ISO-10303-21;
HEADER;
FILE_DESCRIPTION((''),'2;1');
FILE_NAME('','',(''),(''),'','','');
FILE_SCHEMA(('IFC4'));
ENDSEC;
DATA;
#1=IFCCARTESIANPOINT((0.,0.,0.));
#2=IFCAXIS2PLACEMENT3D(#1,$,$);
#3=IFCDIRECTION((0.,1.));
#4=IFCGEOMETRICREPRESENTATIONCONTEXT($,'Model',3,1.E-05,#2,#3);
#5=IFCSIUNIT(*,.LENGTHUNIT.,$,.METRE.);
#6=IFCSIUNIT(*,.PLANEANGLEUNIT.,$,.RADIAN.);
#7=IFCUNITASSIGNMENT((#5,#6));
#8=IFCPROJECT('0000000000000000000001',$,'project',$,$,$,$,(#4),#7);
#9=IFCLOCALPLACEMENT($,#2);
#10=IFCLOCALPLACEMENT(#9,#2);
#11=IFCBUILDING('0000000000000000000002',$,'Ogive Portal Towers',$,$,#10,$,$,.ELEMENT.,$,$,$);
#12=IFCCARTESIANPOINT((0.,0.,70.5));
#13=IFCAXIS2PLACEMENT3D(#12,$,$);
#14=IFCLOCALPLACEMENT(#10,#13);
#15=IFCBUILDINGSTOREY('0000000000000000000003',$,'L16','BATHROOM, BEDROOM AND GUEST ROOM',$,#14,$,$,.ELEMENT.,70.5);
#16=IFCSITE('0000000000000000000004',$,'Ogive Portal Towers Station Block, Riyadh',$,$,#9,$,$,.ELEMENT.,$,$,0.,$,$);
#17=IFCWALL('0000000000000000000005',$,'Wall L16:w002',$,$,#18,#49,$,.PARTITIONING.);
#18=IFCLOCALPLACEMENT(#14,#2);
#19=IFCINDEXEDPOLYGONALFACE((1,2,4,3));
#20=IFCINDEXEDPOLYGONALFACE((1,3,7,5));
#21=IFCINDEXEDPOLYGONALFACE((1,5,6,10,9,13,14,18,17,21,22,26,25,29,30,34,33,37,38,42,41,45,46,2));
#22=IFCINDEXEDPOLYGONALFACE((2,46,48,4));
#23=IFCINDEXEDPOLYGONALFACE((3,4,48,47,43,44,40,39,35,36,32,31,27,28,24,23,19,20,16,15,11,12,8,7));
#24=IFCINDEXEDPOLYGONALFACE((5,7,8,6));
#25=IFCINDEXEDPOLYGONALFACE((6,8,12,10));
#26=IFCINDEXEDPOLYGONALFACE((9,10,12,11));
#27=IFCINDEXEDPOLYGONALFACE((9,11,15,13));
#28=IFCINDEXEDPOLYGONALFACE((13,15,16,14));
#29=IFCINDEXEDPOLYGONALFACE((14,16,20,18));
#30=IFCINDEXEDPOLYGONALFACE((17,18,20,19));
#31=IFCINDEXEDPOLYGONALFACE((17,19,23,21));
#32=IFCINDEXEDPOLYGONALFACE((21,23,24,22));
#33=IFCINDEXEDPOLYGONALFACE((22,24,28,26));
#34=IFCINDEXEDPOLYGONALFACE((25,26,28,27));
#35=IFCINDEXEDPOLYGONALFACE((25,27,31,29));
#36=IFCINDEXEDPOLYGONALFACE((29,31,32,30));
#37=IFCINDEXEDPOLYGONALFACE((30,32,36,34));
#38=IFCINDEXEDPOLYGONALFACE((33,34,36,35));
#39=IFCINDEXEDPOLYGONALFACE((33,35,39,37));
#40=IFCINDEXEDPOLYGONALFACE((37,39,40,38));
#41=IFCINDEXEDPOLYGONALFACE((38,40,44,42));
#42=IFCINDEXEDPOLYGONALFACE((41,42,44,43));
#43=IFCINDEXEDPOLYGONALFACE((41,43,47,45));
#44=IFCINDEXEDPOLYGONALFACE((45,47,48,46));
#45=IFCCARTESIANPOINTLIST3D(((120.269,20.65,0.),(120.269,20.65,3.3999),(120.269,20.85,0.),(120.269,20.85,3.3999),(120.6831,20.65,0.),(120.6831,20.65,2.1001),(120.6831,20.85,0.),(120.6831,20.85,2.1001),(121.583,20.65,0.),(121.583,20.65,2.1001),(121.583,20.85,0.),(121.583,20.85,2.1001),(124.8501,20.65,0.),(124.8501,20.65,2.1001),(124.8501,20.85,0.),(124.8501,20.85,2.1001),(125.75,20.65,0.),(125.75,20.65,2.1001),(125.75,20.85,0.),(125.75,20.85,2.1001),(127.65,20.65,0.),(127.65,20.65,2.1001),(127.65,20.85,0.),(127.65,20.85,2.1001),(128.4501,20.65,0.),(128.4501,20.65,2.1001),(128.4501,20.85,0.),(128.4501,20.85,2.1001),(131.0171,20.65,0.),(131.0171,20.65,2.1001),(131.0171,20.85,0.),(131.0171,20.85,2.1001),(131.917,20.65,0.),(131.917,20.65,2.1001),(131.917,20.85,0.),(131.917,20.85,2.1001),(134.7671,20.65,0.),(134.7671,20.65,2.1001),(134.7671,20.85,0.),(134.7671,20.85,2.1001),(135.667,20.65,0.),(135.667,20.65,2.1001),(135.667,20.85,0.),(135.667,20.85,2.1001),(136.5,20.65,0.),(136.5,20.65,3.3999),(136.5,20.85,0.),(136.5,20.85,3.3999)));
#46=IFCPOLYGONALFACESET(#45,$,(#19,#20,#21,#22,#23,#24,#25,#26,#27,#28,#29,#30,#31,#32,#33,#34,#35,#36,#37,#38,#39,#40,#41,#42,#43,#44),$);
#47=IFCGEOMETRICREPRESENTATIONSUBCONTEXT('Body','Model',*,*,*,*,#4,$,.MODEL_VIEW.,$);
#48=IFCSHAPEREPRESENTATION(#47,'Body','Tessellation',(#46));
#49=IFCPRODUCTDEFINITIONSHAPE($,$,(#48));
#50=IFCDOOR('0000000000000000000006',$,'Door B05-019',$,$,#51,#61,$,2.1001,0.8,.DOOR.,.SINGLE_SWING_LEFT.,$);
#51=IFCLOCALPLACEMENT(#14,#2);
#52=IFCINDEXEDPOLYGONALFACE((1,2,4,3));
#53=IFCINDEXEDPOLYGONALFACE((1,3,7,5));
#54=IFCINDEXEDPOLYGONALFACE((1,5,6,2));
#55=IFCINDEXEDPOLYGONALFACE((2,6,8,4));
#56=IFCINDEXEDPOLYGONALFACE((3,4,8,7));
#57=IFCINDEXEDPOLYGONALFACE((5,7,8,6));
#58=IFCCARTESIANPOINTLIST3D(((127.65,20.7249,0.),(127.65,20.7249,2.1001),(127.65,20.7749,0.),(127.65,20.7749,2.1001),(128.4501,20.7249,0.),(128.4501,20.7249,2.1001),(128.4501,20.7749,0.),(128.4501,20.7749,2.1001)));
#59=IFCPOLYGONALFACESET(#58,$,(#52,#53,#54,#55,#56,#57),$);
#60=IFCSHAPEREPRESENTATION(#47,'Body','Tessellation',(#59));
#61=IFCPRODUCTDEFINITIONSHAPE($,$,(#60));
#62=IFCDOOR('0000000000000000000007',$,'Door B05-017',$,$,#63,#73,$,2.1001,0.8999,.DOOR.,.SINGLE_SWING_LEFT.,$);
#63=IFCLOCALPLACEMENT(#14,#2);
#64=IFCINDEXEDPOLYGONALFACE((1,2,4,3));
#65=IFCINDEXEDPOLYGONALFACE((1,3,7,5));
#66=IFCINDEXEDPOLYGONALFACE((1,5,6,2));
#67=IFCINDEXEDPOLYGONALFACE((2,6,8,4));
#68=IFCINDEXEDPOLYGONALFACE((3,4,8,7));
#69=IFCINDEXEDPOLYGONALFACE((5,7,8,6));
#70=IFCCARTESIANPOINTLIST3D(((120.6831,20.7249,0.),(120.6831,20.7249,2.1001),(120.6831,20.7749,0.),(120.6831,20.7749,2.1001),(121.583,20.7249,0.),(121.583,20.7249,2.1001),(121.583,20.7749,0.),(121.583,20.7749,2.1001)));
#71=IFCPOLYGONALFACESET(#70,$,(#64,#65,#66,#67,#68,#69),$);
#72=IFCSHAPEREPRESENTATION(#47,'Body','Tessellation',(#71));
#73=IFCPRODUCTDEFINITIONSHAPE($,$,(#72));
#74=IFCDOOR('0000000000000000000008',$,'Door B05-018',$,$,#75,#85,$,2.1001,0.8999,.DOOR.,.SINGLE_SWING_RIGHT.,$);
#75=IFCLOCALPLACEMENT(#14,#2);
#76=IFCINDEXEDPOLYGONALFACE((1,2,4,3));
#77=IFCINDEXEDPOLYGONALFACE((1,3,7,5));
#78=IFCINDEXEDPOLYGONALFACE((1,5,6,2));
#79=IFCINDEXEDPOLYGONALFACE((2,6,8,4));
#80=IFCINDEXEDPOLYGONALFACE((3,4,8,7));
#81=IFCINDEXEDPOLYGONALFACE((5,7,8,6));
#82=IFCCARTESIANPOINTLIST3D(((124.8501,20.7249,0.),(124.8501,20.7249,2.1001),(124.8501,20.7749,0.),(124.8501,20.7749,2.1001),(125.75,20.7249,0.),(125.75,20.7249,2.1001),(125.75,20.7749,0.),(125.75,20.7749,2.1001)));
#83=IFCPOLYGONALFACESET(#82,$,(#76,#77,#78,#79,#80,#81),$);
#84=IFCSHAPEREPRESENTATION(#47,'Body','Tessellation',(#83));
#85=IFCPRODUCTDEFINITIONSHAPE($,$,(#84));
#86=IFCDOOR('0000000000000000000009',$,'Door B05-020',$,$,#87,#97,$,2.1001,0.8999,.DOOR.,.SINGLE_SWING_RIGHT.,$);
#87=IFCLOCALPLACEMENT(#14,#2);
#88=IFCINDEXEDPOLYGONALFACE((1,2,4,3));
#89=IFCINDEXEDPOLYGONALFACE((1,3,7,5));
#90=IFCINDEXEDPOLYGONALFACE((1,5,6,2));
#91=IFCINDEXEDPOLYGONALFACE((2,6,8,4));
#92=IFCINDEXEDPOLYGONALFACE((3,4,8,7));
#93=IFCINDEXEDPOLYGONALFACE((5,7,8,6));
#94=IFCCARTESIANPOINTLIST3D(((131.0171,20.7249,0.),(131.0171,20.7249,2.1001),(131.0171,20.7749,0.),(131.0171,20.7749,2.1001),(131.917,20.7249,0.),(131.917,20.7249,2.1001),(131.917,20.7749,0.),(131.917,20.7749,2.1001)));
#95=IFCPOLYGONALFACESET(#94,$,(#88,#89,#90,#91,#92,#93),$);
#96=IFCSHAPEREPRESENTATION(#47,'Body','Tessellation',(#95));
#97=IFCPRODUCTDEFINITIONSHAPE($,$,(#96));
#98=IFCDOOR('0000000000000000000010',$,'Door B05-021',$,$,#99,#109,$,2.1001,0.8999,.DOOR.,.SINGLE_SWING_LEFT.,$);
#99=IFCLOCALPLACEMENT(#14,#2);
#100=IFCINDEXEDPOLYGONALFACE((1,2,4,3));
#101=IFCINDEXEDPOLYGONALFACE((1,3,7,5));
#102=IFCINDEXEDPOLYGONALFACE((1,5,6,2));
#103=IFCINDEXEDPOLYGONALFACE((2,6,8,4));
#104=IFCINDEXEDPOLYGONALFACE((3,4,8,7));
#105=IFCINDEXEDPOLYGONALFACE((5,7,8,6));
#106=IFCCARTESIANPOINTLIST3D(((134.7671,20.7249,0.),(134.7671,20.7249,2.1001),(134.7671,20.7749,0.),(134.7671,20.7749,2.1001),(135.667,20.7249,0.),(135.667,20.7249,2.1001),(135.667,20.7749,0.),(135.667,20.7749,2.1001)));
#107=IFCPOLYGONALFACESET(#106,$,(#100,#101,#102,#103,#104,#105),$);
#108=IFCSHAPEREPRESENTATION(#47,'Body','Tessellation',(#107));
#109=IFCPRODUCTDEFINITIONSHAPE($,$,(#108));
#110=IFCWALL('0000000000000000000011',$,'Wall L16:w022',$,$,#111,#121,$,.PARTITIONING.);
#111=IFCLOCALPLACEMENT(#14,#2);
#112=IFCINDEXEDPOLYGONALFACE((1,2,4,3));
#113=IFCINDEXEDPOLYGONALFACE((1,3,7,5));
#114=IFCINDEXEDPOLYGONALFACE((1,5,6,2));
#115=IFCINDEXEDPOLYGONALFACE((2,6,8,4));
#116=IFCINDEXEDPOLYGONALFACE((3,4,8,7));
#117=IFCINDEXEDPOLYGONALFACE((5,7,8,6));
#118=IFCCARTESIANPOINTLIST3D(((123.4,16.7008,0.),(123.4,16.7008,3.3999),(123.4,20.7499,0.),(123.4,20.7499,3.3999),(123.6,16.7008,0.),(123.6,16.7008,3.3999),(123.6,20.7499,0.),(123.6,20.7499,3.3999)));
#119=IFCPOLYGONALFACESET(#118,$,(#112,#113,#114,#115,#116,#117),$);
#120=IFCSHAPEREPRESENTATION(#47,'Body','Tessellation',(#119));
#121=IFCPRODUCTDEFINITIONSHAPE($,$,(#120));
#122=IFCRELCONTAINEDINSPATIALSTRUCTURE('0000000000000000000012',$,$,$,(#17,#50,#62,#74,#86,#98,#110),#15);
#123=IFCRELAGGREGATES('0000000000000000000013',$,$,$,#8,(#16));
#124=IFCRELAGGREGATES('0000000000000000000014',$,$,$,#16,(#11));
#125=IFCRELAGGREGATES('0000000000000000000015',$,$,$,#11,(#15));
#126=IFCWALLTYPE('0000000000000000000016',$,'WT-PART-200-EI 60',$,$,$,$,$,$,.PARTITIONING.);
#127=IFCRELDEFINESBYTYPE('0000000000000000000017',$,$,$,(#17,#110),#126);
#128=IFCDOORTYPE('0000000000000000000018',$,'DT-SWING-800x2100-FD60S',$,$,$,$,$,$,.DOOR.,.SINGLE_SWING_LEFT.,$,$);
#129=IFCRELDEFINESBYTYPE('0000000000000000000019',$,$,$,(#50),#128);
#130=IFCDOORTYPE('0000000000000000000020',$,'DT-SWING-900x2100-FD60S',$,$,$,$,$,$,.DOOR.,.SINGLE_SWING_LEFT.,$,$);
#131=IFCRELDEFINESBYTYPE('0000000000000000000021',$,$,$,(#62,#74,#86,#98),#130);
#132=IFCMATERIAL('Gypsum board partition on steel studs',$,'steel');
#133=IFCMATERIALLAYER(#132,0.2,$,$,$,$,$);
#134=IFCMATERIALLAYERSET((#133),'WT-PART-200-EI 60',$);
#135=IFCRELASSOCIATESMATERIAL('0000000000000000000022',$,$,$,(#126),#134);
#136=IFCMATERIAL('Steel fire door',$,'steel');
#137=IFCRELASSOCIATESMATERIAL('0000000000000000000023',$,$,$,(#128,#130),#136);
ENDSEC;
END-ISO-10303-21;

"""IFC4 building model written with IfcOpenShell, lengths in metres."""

from ifc_helpers import new_model, si_unit, direction, frame, frame_2d, origin, place, context, subcontext, project, spatial, rectangle, extrude, material, layer, layer_set, type_object, element, fill, save


model = new_model("IFC4")

# Units and contexts
model_context = context("Model", 3, precision=1e-05, world=origin(), true_north=direction((0.0, 1.0)))
body_context = subcontext(model_context, "Body", "Model", "MODEL_VIEW")
ifc_project = project(units=[si_unit("LENGTHUNIT", "METRE"), si_unit("PLANEANGLEUNIT", "RADIAN")], contexts=[model_context])

# Site, building, storey
site_placement = place(None, origin())
site = spatial("IfcSite", under=ifc_project, at=site_placement, Name="Ogive Portal Towers Station Block, Riyadh", CompositionType="ELEMENT", RefElevation=0.0)
building_placement = place(site_placement, origin())
building = spatial("IfcBuilding", under=site, at=building_placement, Name="Ogive Portal Towers", CompositionType="ELEMENT")
storey_placement = place(building_placement, frame((0.0, 0.0, 70.5)))
storey = spatial("IfcBuildingStorey", under=building, at=storey_placement, Name="L16", Description="BATHROOM, BEDROOM AND GUEST ROOM", CompositionType="ELEMENT", Elevation=70.5)

# Shared definitions
ifc_material_1 = material(Name="Steel fire door", Category="steel")

# Wall, openings, doors
ifc_material_2 = material(Name="Gypsum board partition on steel studs", Category="steel")
ifc_layer_1 = layer(ifc_material_2, 0.2)
ifc_layer_set_1 = layer_set([ifc_layer_1], Name="WT-PART-200-EI 60")
wall_type_1 = type_object("IfcWallType", Name="WT-PART-200-EI 60", PredefinedType="PARTITIONING", material=ifc_layer_set_1)
wall_1_placement = place(storey_placement, frame((120.269, 20.75, 0.0), z_axis=(0.0, 0.0, 1.0), x_axis=(1.0, 0.0, 0.0)))
wall_1 = element("IfcWall", 1, at=wall_1_placement, inside=storey, type_object=wall_type_1, Name="Wall L16:w002", PredefinedType="PARTITIONING", context=body_context, shape_type="SweptSolid", body=[
    extrude(rectangle(XDim=16.231, YDim=0.2, at=frame_2d((8.1155, 0.0))), origin(), (0.0, 0.0, 1.0), 3.3999),
])
opening_1_placement = place(wall_1_placement, frame((0.4141, 0.0, 0.0)))
opening_1 = element("IfcOpeningElement", 2, at=opening_1_placement, cuts=wall_1, PredefinedType="OPENING", context=body_context, shape_type="SweptSolid", body=[
    extrude(rectangle(XDim=0.8999, YDim=2.1001, at=frame_2d((0.45, 1.05))), frame((0.0, 0.1099, 0.0), z_axis=(0.0, -1.0, 0.0), x_axis=(1.0, 0.0, 0.0)), (0.0, 0.0, 1.0), 0.22),
])
opening_2_placement = place(wall_1_placement, frame((4.5811, 0.0, 0.0)))
opening_2 = element("IfcOpeningElement", 3, at=opening_2_placement, cuts=wall_1, PredefinedType="OPENING", context=body_context, shape_type="SweptSolid", body=[
    extrude(rectangle(XDim=0.8999, YDim=2.1001, at=frame_2d((0.45, 1.05))), frame((0.0, 0.1099, 0.0), z_axis=(0.0, -1.0, 0.0), x_axis=(1.0, 0.0, 0.0)), (0.0, 0.0, 1.0), 0.22),
])
opening_3_placement = place(wall_1_placement, frame((7.3811, 0.0, 0.0)))
opening_3 = element("IfcOpeningElement", 4, at=opening_3_placement, cuts=wall_1, PredefinedType="OPENING", context=body_context, shape_type="SweptSolid", body=[
    extrude(rectangle(XDim=0.8, YDim=2.1001, at=frame_2d((0.3999, 1.05))), frame((0.0, 0.1099, 0.0), z_axis=(0.0, -1.0, 0.0), x_axis=(1.0, 0.0, 0.0)), (0.0, 0.0, 1.0), 0.22),
])
opening_4_placement = place(wall_1_placement, frame((10.748, 0.0, 0.0)))
opening_4 = element("IfcOpeningElement", 5, at=opening_4_placement, cuts=wall_1, PredefinedType="OPENING", context=body_context, shape_type="SweptSolid", body=[
    extrude(rectangle(XDim=0.8999, YDim=2.1001, at=frame_2d((0.45, 1.05))), frame((0.0, 0.1099, 0.0), z_axis=(0.0, -1.0, 0.0), x_axis=(1.0, 0.0, 0.0)), (0.0, 0.0, 1.0), 0.22),
])
opening_5_placement = place(wall_1_placement, frame((14.498, 0.0, 0.0)))
opening_5 = element("IfcOpeningElement", 6, at=opening_5_placement, cuts=wall_1, PredefinedType="OPENING", context=body_context, shape_type="SweptSolid", body=[
    extrude(rectangle(XDim=0.8999, YDim=2.1001, at=frame_2d((0.45, 1.05))), frame((0.0, 0.1099, 0.0), z_axis=(0.0, -1.0, 0.0), x_axis=(1.0, 0.0, 0.0)), (0.0, 0.0, 1.0), 0.22),
])
door_type_1 = type_object("IfcDoorType", Name="DT-SWING-800x2100-FD60S", OperationType="SINGLE_SWING_LEFT", PredefinedType="DOOR", material=ifc_material_1)
door_1_placement = place(opening_3_placement, origin())
door_1 = element("IfcDoor", 7, at=door_1_placement, inside=storey, type_object=door_type_1, Name="Door B05-019", OperationType="SINGLE_SWING_LEFT", OverallHeight=2.1001, OverallWidth=0.8, PredefinedType="DOOR", context=body_context, shape_type="SweptSolid", body=[
    extrude(rectangle(XDim=0.8, YDim=2.1001, at=frame_2d((0.3999, 1.05))), frame((0.0, 0.0249, 0.0), z_axis=(0.0, -1.0, 0.0), x_axis=(1.0, 0.0, 0.0)), (0.0, 0.0, 1.0), 0.05),
])
fill(opening_3, door_1)
door_type_2 = type_object("IfcDoorType", Name="DT-SWING-900x2100-FD60S", OperationType="SINGLE_SWING_LEFT", PredefinedType="DOOR", material=ifc_material_1)
door_2_placement = place(opening_1_placement, origin())
door_2 = element("IfcDoor", 8, at=door_2_placement, inside=storey, type_object=door_type_2, Name="Door B05-017", OperationType="SINGLE_SWING_LEFT", OverallHeight=2.1001, OverallWidth=0.8999, PredefinedType="DOOR", context=body_context, shape_type="SweptSolid", body=[
    extrude(rectangle(XDim=0.8999, YDim=2.1001, at=frame_2d((0.45, 1.05))), frame((0.0, 0.0249, 0.0), z_axis=(0.0, -1.0, 0.0), x_axis=(1.0, 0.0, 0.0)), (0.0, 0.0, 1.0), 0.05),
])
fill(opening_1, door_2)
door_3_placement = place(opening_2_placement, origin())
door_3 = element("IfcDoor", 9, at=door_3_placement, inside=storey, type_object=door_type_2, Name="Door B05-018", OperationType="SINGLE_SWING_RIGHT", OverallHeight=2.1001, OverallWidth=0.8999, PredefinedType="DOOR", context=body_context, shape_type="SweptSolid", body=[
    extrude(rectangle(XDim=0.8999, YDim=2.1001, at=frame_2d((0.45, 1.05))), frame((0.0, 0.0249, 0.0), z_axis=(0.0, -1.0, 0.0), x_axis=(1.0, 0.0, 0.0)), (0.0, 0.0, 1.0), 0.05),
])
fill(opening_2, door_3)
door_4_placement = place(opening_4_placement, origin())
door_4 = element("IfcDoor", 10, at=door_4_placement, inside=storey, type_object=door_type_2, Name="Door B05-020", OperationType="SINGLE_SWING_RIGHT", OverallHeight=2.1001, OverallWidth=0.8999, PredefinedType="DOOR", context=body_context, shape_type="SweptSolid", body=[
    extrude(rectangle(XDim=0.8999, YDim=2.1001, at=frame_2d((0.45, 1.05))), frame((0.0, 0.0249, 0.0), z_axis=(0.0, -1.0, 0.0), x_axis=(1.0, 0.0, 0.0)), (0.0, 0.0, 1.0), 0.05),
])
fill(opening_4, door_4)
door_5_placement = place(opening_5_placement, origin())
door_5 = element("IfcDoor", 11, at=door_5_placement, inside=storey, type_object=door_type_2, Name="Door B05-021", OperationType="SINGLE_SWING_LEFT", OverallHeight=2.1001, OverallWidth=0.8999, PredefinedType="DOOR", context=body_context, shape_type="SweptSolid", body=[
    extrude(rectangle(XDim=0.8999, YDim=2.1001, at=frame_2d((0.45, 1.05))), frame((0.0, 0.0249, 0.0), z_axis=(0.0, -1.0, 0.0), x_axis=(1.0, 0.0, 0.0)), (0.0, 0.0, 1.0), 0.05),
])
fill(opening_5, door_5)

# Wall
wall_2_placement = place(storey_placement, frame((123.5, 16.7009, 0.0), z_axis=(0.0, 0.0, 1.0), x_axis=(0.0, 1.0, 0.0)))
element("IfcWall", 12, at=wall_2_placement, inside=storey, type_object=wall_type_1, Name="Wall L16:w022", PredefinedType="PARTITIONING", context=body_context, shape_type="SweptSolid", body=[
    extrude(rectangle(XDim=4.0491, YDim=0.2, at=frame_2d((2.0244, 0.0))), origin(), (0.0, 0.0, 1.0), 3.3999),
])

save(model, "model.ifc")
